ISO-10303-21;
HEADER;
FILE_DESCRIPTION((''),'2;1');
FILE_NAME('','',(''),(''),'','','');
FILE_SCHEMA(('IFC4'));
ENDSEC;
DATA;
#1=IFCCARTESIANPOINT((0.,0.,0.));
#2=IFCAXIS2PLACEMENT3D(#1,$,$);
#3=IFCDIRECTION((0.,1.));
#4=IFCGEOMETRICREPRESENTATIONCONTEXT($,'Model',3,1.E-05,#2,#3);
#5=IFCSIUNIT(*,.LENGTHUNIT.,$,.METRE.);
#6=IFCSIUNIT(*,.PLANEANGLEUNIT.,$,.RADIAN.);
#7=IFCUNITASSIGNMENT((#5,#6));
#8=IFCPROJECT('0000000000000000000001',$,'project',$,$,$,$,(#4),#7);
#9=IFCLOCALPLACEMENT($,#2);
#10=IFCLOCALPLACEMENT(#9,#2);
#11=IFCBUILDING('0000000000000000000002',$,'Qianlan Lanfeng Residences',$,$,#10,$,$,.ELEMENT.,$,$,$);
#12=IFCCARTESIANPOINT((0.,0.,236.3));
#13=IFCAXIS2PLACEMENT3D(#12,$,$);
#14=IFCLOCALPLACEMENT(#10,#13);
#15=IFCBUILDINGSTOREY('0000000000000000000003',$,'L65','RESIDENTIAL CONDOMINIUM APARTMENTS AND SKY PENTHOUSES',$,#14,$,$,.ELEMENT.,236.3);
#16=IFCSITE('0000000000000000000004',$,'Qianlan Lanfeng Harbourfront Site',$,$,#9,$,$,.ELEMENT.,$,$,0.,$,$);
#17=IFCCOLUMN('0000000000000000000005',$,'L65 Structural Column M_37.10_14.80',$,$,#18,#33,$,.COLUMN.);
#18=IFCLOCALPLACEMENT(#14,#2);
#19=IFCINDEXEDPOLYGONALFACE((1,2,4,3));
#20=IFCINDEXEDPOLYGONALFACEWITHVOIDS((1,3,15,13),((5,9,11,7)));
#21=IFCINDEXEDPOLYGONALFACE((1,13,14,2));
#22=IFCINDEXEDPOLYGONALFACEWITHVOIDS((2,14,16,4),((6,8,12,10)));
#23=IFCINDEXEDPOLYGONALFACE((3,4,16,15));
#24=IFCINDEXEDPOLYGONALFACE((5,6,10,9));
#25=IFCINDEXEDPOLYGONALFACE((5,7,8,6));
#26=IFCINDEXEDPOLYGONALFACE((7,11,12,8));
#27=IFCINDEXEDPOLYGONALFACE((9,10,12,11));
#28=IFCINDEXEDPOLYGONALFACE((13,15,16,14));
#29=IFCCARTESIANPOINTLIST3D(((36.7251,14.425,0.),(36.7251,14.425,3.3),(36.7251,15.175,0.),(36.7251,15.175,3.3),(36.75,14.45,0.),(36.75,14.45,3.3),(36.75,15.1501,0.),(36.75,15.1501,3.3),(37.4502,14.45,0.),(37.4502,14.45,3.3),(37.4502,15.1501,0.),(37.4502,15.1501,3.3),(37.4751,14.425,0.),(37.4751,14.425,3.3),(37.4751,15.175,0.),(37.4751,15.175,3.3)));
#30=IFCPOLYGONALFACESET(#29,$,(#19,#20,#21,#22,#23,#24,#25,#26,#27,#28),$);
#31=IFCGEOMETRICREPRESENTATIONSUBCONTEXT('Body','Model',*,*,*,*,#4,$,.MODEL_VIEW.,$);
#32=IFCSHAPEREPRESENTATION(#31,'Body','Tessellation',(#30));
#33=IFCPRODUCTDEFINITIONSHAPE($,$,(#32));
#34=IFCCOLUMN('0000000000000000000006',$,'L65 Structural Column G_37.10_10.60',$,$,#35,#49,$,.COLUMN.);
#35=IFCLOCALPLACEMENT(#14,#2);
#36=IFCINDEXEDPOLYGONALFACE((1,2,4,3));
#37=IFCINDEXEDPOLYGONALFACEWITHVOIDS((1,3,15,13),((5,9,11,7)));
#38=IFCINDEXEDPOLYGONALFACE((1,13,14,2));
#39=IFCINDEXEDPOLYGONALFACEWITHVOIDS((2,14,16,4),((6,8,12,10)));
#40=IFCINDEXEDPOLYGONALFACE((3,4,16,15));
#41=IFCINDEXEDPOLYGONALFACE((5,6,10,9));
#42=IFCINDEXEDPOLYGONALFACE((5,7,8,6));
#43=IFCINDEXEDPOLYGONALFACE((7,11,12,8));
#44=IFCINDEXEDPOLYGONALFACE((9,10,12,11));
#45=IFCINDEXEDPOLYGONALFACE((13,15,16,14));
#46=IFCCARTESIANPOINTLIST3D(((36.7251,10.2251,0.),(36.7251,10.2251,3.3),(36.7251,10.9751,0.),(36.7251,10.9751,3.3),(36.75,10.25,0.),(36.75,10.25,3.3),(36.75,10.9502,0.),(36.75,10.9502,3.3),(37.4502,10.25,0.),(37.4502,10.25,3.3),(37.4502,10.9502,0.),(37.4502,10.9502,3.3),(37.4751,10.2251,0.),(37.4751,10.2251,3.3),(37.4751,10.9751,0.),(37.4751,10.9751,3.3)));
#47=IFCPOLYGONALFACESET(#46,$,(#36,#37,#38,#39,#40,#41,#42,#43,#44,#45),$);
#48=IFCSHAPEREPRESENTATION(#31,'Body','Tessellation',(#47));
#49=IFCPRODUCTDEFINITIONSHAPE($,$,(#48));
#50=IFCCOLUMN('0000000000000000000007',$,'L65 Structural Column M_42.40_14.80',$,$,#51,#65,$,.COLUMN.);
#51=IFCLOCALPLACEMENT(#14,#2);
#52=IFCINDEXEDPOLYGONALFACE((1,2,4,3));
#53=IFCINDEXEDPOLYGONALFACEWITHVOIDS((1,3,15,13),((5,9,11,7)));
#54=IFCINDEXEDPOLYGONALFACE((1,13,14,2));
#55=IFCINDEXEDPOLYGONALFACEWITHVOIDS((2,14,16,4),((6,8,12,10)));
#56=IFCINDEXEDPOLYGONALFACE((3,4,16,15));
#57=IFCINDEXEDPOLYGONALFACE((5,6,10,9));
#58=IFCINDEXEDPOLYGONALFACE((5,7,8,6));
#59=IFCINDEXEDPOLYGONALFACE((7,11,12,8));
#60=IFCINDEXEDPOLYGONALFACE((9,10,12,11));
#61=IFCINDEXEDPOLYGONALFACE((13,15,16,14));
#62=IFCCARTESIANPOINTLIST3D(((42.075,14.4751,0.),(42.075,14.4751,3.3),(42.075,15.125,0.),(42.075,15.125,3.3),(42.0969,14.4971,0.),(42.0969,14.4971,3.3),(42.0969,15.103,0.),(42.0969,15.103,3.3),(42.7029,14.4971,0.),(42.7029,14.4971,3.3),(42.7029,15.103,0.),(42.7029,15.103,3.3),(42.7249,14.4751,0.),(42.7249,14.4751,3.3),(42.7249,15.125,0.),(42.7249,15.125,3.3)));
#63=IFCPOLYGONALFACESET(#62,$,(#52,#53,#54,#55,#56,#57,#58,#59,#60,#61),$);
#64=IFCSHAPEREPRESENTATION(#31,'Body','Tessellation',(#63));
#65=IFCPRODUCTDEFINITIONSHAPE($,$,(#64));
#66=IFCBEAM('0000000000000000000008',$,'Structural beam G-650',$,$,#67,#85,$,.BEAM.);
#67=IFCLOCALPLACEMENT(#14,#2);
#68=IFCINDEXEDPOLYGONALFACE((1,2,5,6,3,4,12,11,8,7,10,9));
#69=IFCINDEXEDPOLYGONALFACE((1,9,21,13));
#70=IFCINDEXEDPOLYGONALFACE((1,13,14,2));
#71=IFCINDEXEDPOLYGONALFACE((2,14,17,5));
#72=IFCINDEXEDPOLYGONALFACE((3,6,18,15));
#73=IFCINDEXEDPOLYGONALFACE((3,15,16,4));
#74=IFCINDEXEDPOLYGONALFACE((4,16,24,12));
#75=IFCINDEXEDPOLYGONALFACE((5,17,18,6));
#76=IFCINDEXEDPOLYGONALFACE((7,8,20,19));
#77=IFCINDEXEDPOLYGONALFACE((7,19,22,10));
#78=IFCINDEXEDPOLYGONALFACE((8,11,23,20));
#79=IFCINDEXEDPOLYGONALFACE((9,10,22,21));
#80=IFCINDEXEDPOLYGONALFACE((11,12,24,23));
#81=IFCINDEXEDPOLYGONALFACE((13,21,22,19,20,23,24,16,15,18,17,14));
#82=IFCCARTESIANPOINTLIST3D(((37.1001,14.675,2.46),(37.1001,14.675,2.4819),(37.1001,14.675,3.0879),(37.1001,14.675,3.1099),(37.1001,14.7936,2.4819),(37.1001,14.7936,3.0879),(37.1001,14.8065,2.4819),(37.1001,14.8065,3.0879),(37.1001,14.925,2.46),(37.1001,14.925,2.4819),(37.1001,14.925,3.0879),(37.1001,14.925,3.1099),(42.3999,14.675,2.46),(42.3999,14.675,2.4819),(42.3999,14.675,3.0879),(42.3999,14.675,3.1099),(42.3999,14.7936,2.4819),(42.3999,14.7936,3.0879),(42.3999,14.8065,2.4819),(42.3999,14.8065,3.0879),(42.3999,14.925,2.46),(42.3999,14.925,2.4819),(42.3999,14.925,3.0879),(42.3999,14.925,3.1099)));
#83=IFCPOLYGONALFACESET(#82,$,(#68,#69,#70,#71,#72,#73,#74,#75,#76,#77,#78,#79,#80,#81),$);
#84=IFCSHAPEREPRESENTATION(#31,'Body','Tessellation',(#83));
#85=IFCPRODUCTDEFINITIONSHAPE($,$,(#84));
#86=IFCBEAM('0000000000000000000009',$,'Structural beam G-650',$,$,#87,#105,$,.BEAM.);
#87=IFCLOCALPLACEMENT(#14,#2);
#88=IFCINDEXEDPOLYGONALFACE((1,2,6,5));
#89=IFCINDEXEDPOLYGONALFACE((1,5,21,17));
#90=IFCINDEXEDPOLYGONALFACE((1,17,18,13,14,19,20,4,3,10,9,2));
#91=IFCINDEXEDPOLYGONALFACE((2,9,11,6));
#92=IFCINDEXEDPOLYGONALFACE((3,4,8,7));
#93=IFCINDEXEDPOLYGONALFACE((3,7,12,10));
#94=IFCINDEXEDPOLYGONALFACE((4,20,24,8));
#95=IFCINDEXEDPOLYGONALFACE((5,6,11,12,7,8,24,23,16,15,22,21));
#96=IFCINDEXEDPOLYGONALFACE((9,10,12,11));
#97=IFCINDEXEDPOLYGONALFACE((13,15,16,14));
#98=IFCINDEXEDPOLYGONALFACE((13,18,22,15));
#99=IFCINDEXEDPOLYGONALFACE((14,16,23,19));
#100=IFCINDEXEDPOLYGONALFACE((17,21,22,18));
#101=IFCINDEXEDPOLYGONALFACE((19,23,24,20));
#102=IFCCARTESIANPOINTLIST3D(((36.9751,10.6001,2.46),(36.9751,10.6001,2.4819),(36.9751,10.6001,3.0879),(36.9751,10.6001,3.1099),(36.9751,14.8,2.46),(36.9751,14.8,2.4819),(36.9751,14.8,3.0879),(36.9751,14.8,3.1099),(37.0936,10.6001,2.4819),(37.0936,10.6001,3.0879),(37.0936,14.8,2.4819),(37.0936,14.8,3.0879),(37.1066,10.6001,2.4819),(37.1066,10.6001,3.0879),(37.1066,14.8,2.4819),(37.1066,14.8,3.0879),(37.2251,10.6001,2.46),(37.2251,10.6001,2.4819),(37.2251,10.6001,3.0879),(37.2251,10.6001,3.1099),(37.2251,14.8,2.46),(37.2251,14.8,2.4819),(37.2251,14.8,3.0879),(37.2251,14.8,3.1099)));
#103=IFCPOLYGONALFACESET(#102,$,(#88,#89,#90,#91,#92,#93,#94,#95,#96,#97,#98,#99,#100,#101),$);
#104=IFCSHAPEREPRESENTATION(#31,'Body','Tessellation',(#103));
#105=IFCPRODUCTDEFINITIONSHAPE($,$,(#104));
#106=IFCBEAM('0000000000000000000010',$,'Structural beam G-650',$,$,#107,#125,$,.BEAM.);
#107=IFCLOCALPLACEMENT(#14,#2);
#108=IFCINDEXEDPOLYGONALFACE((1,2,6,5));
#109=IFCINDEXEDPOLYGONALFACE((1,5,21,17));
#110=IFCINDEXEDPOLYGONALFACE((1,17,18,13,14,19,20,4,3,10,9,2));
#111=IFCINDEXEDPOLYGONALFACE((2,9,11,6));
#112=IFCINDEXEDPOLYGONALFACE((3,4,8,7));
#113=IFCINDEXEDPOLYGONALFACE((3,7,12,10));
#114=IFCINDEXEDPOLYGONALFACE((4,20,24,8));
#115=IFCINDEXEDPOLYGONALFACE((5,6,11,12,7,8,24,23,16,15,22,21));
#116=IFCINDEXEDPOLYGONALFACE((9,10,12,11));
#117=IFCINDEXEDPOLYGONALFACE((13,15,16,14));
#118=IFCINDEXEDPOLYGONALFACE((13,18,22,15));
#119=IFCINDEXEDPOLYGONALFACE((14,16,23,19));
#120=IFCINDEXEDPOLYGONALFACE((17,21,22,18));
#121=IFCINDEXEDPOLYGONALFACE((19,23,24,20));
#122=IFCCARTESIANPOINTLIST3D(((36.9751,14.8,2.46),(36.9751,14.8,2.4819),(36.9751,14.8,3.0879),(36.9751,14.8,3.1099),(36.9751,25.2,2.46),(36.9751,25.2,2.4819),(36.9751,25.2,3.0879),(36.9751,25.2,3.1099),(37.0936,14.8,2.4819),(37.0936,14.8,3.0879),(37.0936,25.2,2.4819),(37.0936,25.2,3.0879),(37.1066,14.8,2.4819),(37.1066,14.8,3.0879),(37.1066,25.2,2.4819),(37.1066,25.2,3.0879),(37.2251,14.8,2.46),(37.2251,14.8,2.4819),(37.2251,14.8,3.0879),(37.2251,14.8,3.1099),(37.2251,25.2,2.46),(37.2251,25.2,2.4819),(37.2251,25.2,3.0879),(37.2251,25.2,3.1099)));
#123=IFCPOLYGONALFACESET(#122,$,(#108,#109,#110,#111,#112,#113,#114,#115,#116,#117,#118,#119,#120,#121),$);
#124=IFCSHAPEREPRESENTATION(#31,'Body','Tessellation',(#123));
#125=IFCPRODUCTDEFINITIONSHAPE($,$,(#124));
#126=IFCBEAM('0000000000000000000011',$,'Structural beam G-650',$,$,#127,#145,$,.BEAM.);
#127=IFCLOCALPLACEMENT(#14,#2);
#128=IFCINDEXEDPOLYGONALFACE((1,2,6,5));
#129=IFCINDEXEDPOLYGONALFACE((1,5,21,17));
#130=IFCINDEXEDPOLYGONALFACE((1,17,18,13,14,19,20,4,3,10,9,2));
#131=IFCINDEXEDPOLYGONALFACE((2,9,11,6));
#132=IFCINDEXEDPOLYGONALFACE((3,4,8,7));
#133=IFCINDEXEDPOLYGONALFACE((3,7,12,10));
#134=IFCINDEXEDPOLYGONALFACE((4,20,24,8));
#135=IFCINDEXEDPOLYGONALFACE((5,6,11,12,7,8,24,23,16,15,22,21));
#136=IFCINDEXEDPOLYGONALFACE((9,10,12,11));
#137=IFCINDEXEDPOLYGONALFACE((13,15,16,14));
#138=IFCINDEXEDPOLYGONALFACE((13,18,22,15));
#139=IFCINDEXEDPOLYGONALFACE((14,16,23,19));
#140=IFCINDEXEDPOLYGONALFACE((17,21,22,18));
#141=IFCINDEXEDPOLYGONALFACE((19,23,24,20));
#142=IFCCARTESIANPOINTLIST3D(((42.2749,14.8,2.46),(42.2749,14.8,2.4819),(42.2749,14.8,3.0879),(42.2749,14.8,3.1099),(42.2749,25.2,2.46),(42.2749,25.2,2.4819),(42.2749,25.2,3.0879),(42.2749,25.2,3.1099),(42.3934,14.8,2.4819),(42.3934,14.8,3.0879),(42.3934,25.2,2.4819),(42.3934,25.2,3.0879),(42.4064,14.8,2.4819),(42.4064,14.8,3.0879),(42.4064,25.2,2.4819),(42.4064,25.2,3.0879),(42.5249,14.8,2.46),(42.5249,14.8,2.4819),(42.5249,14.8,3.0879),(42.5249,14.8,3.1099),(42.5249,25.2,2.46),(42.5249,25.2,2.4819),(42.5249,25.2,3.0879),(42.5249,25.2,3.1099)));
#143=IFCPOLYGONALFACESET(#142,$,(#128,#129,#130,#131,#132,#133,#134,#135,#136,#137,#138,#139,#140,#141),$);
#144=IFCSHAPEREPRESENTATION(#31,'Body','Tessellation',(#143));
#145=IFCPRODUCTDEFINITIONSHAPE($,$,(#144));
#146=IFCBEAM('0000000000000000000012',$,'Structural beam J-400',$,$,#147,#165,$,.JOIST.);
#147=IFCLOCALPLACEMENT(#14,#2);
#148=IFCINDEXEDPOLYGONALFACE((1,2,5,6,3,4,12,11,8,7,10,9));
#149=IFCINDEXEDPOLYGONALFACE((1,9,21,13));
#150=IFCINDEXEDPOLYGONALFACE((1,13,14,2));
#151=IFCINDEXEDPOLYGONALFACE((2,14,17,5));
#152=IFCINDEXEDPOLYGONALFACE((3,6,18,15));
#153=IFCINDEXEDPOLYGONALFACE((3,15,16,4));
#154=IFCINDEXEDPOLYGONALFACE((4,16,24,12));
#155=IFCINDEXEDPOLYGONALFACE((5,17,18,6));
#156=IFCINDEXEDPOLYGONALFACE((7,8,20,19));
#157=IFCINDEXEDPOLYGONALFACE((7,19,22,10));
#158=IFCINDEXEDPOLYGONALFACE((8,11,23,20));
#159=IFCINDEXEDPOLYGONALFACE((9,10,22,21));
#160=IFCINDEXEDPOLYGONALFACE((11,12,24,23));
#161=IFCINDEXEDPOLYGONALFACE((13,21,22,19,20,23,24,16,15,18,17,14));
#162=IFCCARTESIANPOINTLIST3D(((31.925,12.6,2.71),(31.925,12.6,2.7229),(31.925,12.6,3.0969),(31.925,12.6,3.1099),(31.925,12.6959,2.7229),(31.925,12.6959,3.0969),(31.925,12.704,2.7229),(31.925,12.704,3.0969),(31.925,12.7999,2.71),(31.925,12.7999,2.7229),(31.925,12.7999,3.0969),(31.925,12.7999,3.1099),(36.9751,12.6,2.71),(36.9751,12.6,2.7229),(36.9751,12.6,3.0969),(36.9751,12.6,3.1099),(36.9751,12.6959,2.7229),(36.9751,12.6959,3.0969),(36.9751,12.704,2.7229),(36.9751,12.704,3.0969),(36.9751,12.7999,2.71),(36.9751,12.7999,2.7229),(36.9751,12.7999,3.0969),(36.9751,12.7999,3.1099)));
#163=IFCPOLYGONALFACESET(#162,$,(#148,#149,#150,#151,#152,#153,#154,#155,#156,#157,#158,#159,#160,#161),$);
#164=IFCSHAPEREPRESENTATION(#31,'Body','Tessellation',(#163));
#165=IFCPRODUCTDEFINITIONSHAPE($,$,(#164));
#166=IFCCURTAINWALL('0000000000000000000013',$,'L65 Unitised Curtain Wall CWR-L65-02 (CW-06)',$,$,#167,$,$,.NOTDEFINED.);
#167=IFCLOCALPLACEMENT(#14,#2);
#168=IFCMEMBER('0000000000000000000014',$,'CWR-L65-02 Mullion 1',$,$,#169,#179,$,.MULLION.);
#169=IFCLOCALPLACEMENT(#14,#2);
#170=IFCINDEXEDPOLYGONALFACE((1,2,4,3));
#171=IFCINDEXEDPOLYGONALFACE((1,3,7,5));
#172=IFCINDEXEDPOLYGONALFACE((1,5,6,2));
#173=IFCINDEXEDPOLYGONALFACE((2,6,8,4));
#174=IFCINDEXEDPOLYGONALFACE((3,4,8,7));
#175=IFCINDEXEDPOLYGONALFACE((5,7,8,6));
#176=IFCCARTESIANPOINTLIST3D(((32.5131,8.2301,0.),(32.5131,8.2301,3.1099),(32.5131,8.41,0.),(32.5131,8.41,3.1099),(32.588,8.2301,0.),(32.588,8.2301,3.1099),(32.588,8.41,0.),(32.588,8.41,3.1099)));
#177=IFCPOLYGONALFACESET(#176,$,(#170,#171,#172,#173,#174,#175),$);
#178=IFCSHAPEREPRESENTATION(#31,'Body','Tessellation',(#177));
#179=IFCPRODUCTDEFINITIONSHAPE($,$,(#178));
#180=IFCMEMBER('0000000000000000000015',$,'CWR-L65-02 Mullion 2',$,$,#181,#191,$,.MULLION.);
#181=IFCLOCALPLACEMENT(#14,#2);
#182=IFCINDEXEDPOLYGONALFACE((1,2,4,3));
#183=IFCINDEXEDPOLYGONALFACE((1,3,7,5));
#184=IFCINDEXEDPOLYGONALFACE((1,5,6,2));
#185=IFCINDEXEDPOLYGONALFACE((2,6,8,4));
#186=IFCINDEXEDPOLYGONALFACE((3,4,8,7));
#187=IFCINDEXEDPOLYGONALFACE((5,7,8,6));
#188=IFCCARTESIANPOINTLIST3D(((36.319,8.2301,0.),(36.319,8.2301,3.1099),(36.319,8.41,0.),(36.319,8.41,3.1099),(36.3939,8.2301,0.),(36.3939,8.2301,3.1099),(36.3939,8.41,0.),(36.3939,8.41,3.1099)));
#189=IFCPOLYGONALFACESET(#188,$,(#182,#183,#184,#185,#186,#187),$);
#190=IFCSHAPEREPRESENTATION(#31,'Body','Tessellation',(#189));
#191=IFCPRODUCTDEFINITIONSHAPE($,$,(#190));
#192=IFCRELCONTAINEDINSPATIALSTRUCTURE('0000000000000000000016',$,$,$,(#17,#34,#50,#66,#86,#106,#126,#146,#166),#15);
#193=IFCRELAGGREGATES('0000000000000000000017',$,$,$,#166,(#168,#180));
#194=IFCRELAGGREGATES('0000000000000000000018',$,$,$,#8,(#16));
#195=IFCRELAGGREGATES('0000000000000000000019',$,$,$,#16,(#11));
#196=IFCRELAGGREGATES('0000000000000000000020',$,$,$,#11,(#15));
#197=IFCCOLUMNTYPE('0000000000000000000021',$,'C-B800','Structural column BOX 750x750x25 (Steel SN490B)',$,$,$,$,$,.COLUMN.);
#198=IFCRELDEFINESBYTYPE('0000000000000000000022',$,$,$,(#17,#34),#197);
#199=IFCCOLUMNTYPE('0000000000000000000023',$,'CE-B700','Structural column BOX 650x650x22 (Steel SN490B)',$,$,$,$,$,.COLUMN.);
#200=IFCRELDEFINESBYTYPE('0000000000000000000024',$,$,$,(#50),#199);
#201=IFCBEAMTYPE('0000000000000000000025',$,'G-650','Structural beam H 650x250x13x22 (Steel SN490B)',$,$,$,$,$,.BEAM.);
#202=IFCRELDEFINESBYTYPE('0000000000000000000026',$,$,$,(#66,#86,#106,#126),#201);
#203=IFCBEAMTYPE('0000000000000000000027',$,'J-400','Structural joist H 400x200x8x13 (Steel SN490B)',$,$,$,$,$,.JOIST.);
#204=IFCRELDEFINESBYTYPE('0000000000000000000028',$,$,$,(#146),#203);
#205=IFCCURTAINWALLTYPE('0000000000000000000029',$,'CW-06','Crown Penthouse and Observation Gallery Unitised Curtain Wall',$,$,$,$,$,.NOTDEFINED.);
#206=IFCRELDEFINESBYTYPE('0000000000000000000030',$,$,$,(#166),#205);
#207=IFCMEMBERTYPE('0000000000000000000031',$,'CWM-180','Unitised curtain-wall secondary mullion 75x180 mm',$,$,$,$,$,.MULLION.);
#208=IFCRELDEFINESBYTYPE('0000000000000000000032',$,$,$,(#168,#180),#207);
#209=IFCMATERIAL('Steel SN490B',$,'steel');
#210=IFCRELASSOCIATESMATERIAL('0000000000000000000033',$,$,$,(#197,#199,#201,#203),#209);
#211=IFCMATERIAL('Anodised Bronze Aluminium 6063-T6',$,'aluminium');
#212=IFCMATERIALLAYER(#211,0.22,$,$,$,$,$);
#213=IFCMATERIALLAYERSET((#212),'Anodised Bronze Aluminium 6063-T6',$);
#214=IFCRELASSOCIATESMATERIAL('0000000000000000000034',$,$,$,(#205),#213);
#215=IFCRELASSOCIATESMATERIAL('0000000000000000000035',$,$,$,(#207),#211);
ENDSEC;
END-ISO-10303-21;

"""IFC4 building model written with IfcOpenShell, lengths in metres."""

from ifc_helpers import new_model, si_unit, direction, frame, origin, origin_2d, place, context, subcontext, project, spatial, rectangle, hollow_rectangle, i_section, extrude, source, transform, mapped, material, layer, layer_set, material_profile, profile_set, type_object, element, aggregate, save


model = new_model("IFC4")

# Units and contexts
model_context = context("Model", 3, precision=1e-05, world=origin(), true_north=direction((0.0, 1.0)))
body_context = subcontext(model_context, "Body", "Model", "MODEL_VIEW")
ifc_project = project(units=[si_unit("LENGTHUNIT", "METRE"), si_unit("PLANEANGLEUNIT", "RADIAN")], contexts=[model_context])

# Site, building, storey
site_placement = place(None, origin())
site = spatial("IfcSite", under=ifc_project, at=site_placement, Name="Qianlan Lanfeng Harbourfront Site", CompositionType="ELEMENT", RefElevation=0.0)
building_placement = place(site_placement, origin())
building = spatial("IfcBuilding", under=site, at=building_placement, Name="Qianlan Lanfeng Residences", CompositionType="ELEMENT")
storey_placement = place(building_placement, frame((0.0, 0.0, 236.3)))
storey = spatial("IfcBuildingStorey", under=building, at=storey_placement, Name="L65", Description="RESIDENTIAL CONDOMINIUM APARTMENTS AND SKY PENTHOUSES", CompositionType="ELEMENT", Elevation=236.3)

# Columns
ifc_material_1 = material(Name="Steel SN490B", Category="steel")
ifc_material_profile_1 = material_profile(ifc_material_1, hollow_rectangle(XDim=0.75, YDim=0.75, WallThickness=0.0249, at=origin_2d()), Name="BOX 750x750x25")
ifc_profile_set_1 = profile_set([ifc_material_profile_1], Name="Steel SN490B")
column_type_1 = type_object("IfcColumnType", Name="C-B800", Description="Structural column BOX 750x750x25 (Steel SN490B)", PredefinedType="COLUMN", material=ifc_profile_set_1)
for number, where, z_axis, x_axis, name in (
    (1, (37.1001, 14.8, 0.0), (0.0, 0.0, 1.0), (1.0, 0.0, 0.0), "L65 Structural Column M_37.10_14.80"),
    (2, (37.1001, 10.6001, 0.0), (0.0, 0.0, 1.0), (1.0, 0.0, 0.0), "L65 Structural Column G_37.10_10.60"),
):
    element("IfcColumn", number, at=place(storey_placement, frame(where, z_axis=z_axis, x_axis=x_axis)), inside=storey, type_object=column_type_1, Name=name, PredefinedType="COLUMN", context=body_context, shape_type="SweptSolid", body=[
        extrude(hollow_rectangle(XDim=0.75, YDim=0.75, WallThickness=0.0249, at=origin_2d()), origin(), (0.0, 0.0, 1.0), 3.3),
    ])
ifc_material_profile_2 = material_profile(ifc_material_1, hollow_rectangle(XDim=0.6499, YDim=0.6499, WallThickness=0.022, at=origin_2d()), Name="BOX 650x650x22")
ifc_profile_set_2 = profile_set([ifc_material_profile_2], Name="Steel SN490B")
column_type_2 = type_object("IfcColumnType", Name="CE-B700", Description="Structural column BOX 650x650x22 (Steel SN490B)", PredefinedType="COLUMN", material=ifc_profile_set_2)
column_placement = place(storey_placement, frame((42.3999, 14.8, 0.0), z_axis=(0.0, 0.0, 1.0), x_axis=(1.0, 0.0, 0.0)))
element("IfcColumn", 3, at=column_placement, inside=storey, type_object=column_type_2, Name="L65 Structural Column M_42.40_14.80", PredefinedType="COLUMN", context=body_context, shape_type="SweptSolid", body=[
    extrude(hollow_rectangle(XDim=0.6499, YDim=0.6499, WallThickness=0.022, at=origin_2d()), origin(), (0.0, 0.0, 1.0), 3.3),
])

# Beams
ifc_material_profile_3 = material_profile(ifc_material_1, i_section(OverallWidth=0.25, OverallDepth=0.6499, WebThickness=0.0129, FlangeThickness=0.022, at=origin_2d()), Name="H 650x250x13x22")
ifc_profile_set_3 = profile_set([ifc_material_profile_3], Name="Steel SN490B")
beam_type_1 = type_object("IfcBeamType", Name="G-650", Description="Structural beam H 650x250x13x22 (Steel SN490B)", PredefinedType="BEAM", material=ifc_profile_set_3)
beam_1_placement = place(storey_placement, frame((37.1001, 14.8, 2.7849), z_axis=(1.0, 0.0, 0.0), x_axis=(0.0, 1.0, 0.0)))
element("IfcBeam", 4, at=beam_1_placement, inside=storey, type_object=beam_type_1, Name="Structural beam G-650", PredefinedType="BEAM", context=body_context, shape_type="SweptSolid", body=[
    extrude(i_section(OverallWidth=0.25, OverallDepth=0.6499, WebThickness=0.0129, FlangeThickness=0.022, at=origin_2d()), origin(), (0.0, 0.0, 1.0), 5.2998),
])
beam_2_placement = place(storey_placement, frame((37.1001, 10.6001, 2.7849), z_axis=(0.0, 1.0, 0.0), x_axis=(-1.0, 0.0, 0.0)))
element("IfcBeam", 5, at=beam_2_placement, inside=storey, type_object=beam_type_1, Name="Structural beam G-650", PredefinedType="BEAM", context=body_context, shape_type="SweptSolid", body=[
    extrude(i_section(OverallWidth=0.25, OverallDepth=0.6499, WebThickness=0.0129, FlangeThickness=0.022, at=origin_2d()), origin(), (0.0, 0.0, 1.0), 4.2),
])
for number, where, z_axis, x_axis, name in (
    (6, (37.1001, 14.8, 2.7849), (0.0, 1.0, 0.0), (-1.0, 0.0, 0.0), "Structural beam G-650"),
    (7, (42.3999, 14.8, 2.7849), (0.0, 1.0, 0.0), (-1.0, 0.0, 0.0), "Structural beam G-650"),
):
    element("IfcBeam", number, at=place(storey_placement, frame(where, z_axis=z_axis, x_axis=x_axis)), inside=storey, type_object=beam_type_1, Name=name, PredefinedType="BEAM", context=body_context, shape_type="SweptSolid", body=[
        extrude(i_section(OverallWidth=0.25, OverallDepth=0.6499, WebThickness=0.0129, FlangeThickness=0.022, at=origin_2d()), origin(), (0.0, 0.0, 1.0), 10.3999),
    ])
ifc_material_profile_4 = material_profile(ifc_material_1, i_section(OverallWidth=0.2, OverallDepth=0.3999, WebThickness=0.0081, FlangeThickness=0.0129, at=origin_2d()), Name="H 400x200x8x13")
ifc_profile_set_4 = profile_set([ifc_material_profile_4], Name="Steel SN490B")
beam_type_2 = type_object("IfcBeamType", Name="J-400", Description="Structural joist H 400x200x8x13 (Steel SN490B)", PredefinedType="JOIST", material=ifc_profile_set_4)
beam_3_placement = place(storey_placement, frame((31.925, 12.7, 2.9099), z_axis=(1.0, 0.0, 0.0), x_axis=(0.0, 1.0, 0.0)))
element("IfcBeam", 8, at=beam_3_placement, inside=storey, type_object=beam_type_2, Name="Structural beam J-400", PredefinedType="JOIST", context=body_context, shape_type="SweptSolid", body=[
    extrude(i_section(OverallWidth=0.2, OverallDepth=0.3999, WebThickness=0.0081, FlangeThickness=0.0129, at=origin_2d()), origin(), (0.0, 0.0, 1.0), 5.05),
])

# Curtain wall, members
ifc_material_2 = material(Name="Anodised Bronze Aluminium 6063-T6", Category="aluminium")
ifc_layer_1 = layer(ifc_material_2, 0.22)
ifc_layer_set_1 = layer_set([ifc_layer_1], Name="Anodised Bronze Aluminium 6063-T6")
curtain_wall_type = type_object("IfcCurtainWallType", Name="CW-06", Description="Crown Penthouse and Observation Gallery Unitised Curtain Wall", PredefinedType="NOTDEFINED", material=ifc_layer_set_1)
curtain_wall_1_placement = place(storey_placement, origin())
curtain_wall_1 = element("IfcCurtainWall", 9, at=curtain_wall_1_placement, inside=storey, type_object=curtain_wall_type, Name="L65 Unitised Curtain Wall CWR-L65-02 (CW-06)", PredefinedType="NOTDEFINED")
ifc_material_profile_5 = material_profile(ifc_material_2, rectangle(XDim=0.075, YDim=0.1799, at=origin_2d()), Name="ALU MULLION 75x180")
ifc_profile_set_5 = profile_set([ifc_material_profile_5], Name="Anodised Bronze Aluminium 6063-T6")
member_type_1 = type_object("IfcMemberType", Name="CWM-180", Description="Unitised curtain-wall secondary mullion 75x180 mm", PredefinedType="MULLION", material=ifc_profile_set_5)
shared_shape_1 = source(origin(), body_context, "Body", "SweptSolid", [
    extrude(rectangle(XDim=0.075, YDim=0.1799, at=origin_2d()), origin(), (0.0, 0.0, 1.0), 3.1099),
])
member_1_placement = place(storey_placement, frame((32.5505, 8.3201, 0.0), z_axis=(0.0, 0.0, 1.0), x_axis=(1.0, 0.0, 0.0)))
member_1 = element("IfcMember", 10, at=member_1_placement, type_object=member_type_1, Name="CWR-L65-02 Mullion 1", PredefinedType="MULLION", context=body_context, shape_type="MappedRepresentation", body=[
    mapped(shared_shape_1, transform((0.0, 0.0, 0.0), scale=1.0)),
])
member_2_placement = place(storey_placement, frame((36.3564, 8.3201, 0.0), z_axis=(0.0, 0.0, 1.0), x_axis=(1.0, 0.0, 0.0)))
member_2 = element("IfcMember", 11, at=member_2_placement, type_object=member_type_1, Name="CWR-L65-02 Mullion 2", PredefinedType="MULLION", context=body_context, shape_type="MappedRepresentation", body=[
    mapped(shared_shape_1, transform((0.0, 0.0, 0.0), scale=1.0)),
])

aggregate(curtain_wall_1, [member_1, member_2])

save(model, "model.ifc")
